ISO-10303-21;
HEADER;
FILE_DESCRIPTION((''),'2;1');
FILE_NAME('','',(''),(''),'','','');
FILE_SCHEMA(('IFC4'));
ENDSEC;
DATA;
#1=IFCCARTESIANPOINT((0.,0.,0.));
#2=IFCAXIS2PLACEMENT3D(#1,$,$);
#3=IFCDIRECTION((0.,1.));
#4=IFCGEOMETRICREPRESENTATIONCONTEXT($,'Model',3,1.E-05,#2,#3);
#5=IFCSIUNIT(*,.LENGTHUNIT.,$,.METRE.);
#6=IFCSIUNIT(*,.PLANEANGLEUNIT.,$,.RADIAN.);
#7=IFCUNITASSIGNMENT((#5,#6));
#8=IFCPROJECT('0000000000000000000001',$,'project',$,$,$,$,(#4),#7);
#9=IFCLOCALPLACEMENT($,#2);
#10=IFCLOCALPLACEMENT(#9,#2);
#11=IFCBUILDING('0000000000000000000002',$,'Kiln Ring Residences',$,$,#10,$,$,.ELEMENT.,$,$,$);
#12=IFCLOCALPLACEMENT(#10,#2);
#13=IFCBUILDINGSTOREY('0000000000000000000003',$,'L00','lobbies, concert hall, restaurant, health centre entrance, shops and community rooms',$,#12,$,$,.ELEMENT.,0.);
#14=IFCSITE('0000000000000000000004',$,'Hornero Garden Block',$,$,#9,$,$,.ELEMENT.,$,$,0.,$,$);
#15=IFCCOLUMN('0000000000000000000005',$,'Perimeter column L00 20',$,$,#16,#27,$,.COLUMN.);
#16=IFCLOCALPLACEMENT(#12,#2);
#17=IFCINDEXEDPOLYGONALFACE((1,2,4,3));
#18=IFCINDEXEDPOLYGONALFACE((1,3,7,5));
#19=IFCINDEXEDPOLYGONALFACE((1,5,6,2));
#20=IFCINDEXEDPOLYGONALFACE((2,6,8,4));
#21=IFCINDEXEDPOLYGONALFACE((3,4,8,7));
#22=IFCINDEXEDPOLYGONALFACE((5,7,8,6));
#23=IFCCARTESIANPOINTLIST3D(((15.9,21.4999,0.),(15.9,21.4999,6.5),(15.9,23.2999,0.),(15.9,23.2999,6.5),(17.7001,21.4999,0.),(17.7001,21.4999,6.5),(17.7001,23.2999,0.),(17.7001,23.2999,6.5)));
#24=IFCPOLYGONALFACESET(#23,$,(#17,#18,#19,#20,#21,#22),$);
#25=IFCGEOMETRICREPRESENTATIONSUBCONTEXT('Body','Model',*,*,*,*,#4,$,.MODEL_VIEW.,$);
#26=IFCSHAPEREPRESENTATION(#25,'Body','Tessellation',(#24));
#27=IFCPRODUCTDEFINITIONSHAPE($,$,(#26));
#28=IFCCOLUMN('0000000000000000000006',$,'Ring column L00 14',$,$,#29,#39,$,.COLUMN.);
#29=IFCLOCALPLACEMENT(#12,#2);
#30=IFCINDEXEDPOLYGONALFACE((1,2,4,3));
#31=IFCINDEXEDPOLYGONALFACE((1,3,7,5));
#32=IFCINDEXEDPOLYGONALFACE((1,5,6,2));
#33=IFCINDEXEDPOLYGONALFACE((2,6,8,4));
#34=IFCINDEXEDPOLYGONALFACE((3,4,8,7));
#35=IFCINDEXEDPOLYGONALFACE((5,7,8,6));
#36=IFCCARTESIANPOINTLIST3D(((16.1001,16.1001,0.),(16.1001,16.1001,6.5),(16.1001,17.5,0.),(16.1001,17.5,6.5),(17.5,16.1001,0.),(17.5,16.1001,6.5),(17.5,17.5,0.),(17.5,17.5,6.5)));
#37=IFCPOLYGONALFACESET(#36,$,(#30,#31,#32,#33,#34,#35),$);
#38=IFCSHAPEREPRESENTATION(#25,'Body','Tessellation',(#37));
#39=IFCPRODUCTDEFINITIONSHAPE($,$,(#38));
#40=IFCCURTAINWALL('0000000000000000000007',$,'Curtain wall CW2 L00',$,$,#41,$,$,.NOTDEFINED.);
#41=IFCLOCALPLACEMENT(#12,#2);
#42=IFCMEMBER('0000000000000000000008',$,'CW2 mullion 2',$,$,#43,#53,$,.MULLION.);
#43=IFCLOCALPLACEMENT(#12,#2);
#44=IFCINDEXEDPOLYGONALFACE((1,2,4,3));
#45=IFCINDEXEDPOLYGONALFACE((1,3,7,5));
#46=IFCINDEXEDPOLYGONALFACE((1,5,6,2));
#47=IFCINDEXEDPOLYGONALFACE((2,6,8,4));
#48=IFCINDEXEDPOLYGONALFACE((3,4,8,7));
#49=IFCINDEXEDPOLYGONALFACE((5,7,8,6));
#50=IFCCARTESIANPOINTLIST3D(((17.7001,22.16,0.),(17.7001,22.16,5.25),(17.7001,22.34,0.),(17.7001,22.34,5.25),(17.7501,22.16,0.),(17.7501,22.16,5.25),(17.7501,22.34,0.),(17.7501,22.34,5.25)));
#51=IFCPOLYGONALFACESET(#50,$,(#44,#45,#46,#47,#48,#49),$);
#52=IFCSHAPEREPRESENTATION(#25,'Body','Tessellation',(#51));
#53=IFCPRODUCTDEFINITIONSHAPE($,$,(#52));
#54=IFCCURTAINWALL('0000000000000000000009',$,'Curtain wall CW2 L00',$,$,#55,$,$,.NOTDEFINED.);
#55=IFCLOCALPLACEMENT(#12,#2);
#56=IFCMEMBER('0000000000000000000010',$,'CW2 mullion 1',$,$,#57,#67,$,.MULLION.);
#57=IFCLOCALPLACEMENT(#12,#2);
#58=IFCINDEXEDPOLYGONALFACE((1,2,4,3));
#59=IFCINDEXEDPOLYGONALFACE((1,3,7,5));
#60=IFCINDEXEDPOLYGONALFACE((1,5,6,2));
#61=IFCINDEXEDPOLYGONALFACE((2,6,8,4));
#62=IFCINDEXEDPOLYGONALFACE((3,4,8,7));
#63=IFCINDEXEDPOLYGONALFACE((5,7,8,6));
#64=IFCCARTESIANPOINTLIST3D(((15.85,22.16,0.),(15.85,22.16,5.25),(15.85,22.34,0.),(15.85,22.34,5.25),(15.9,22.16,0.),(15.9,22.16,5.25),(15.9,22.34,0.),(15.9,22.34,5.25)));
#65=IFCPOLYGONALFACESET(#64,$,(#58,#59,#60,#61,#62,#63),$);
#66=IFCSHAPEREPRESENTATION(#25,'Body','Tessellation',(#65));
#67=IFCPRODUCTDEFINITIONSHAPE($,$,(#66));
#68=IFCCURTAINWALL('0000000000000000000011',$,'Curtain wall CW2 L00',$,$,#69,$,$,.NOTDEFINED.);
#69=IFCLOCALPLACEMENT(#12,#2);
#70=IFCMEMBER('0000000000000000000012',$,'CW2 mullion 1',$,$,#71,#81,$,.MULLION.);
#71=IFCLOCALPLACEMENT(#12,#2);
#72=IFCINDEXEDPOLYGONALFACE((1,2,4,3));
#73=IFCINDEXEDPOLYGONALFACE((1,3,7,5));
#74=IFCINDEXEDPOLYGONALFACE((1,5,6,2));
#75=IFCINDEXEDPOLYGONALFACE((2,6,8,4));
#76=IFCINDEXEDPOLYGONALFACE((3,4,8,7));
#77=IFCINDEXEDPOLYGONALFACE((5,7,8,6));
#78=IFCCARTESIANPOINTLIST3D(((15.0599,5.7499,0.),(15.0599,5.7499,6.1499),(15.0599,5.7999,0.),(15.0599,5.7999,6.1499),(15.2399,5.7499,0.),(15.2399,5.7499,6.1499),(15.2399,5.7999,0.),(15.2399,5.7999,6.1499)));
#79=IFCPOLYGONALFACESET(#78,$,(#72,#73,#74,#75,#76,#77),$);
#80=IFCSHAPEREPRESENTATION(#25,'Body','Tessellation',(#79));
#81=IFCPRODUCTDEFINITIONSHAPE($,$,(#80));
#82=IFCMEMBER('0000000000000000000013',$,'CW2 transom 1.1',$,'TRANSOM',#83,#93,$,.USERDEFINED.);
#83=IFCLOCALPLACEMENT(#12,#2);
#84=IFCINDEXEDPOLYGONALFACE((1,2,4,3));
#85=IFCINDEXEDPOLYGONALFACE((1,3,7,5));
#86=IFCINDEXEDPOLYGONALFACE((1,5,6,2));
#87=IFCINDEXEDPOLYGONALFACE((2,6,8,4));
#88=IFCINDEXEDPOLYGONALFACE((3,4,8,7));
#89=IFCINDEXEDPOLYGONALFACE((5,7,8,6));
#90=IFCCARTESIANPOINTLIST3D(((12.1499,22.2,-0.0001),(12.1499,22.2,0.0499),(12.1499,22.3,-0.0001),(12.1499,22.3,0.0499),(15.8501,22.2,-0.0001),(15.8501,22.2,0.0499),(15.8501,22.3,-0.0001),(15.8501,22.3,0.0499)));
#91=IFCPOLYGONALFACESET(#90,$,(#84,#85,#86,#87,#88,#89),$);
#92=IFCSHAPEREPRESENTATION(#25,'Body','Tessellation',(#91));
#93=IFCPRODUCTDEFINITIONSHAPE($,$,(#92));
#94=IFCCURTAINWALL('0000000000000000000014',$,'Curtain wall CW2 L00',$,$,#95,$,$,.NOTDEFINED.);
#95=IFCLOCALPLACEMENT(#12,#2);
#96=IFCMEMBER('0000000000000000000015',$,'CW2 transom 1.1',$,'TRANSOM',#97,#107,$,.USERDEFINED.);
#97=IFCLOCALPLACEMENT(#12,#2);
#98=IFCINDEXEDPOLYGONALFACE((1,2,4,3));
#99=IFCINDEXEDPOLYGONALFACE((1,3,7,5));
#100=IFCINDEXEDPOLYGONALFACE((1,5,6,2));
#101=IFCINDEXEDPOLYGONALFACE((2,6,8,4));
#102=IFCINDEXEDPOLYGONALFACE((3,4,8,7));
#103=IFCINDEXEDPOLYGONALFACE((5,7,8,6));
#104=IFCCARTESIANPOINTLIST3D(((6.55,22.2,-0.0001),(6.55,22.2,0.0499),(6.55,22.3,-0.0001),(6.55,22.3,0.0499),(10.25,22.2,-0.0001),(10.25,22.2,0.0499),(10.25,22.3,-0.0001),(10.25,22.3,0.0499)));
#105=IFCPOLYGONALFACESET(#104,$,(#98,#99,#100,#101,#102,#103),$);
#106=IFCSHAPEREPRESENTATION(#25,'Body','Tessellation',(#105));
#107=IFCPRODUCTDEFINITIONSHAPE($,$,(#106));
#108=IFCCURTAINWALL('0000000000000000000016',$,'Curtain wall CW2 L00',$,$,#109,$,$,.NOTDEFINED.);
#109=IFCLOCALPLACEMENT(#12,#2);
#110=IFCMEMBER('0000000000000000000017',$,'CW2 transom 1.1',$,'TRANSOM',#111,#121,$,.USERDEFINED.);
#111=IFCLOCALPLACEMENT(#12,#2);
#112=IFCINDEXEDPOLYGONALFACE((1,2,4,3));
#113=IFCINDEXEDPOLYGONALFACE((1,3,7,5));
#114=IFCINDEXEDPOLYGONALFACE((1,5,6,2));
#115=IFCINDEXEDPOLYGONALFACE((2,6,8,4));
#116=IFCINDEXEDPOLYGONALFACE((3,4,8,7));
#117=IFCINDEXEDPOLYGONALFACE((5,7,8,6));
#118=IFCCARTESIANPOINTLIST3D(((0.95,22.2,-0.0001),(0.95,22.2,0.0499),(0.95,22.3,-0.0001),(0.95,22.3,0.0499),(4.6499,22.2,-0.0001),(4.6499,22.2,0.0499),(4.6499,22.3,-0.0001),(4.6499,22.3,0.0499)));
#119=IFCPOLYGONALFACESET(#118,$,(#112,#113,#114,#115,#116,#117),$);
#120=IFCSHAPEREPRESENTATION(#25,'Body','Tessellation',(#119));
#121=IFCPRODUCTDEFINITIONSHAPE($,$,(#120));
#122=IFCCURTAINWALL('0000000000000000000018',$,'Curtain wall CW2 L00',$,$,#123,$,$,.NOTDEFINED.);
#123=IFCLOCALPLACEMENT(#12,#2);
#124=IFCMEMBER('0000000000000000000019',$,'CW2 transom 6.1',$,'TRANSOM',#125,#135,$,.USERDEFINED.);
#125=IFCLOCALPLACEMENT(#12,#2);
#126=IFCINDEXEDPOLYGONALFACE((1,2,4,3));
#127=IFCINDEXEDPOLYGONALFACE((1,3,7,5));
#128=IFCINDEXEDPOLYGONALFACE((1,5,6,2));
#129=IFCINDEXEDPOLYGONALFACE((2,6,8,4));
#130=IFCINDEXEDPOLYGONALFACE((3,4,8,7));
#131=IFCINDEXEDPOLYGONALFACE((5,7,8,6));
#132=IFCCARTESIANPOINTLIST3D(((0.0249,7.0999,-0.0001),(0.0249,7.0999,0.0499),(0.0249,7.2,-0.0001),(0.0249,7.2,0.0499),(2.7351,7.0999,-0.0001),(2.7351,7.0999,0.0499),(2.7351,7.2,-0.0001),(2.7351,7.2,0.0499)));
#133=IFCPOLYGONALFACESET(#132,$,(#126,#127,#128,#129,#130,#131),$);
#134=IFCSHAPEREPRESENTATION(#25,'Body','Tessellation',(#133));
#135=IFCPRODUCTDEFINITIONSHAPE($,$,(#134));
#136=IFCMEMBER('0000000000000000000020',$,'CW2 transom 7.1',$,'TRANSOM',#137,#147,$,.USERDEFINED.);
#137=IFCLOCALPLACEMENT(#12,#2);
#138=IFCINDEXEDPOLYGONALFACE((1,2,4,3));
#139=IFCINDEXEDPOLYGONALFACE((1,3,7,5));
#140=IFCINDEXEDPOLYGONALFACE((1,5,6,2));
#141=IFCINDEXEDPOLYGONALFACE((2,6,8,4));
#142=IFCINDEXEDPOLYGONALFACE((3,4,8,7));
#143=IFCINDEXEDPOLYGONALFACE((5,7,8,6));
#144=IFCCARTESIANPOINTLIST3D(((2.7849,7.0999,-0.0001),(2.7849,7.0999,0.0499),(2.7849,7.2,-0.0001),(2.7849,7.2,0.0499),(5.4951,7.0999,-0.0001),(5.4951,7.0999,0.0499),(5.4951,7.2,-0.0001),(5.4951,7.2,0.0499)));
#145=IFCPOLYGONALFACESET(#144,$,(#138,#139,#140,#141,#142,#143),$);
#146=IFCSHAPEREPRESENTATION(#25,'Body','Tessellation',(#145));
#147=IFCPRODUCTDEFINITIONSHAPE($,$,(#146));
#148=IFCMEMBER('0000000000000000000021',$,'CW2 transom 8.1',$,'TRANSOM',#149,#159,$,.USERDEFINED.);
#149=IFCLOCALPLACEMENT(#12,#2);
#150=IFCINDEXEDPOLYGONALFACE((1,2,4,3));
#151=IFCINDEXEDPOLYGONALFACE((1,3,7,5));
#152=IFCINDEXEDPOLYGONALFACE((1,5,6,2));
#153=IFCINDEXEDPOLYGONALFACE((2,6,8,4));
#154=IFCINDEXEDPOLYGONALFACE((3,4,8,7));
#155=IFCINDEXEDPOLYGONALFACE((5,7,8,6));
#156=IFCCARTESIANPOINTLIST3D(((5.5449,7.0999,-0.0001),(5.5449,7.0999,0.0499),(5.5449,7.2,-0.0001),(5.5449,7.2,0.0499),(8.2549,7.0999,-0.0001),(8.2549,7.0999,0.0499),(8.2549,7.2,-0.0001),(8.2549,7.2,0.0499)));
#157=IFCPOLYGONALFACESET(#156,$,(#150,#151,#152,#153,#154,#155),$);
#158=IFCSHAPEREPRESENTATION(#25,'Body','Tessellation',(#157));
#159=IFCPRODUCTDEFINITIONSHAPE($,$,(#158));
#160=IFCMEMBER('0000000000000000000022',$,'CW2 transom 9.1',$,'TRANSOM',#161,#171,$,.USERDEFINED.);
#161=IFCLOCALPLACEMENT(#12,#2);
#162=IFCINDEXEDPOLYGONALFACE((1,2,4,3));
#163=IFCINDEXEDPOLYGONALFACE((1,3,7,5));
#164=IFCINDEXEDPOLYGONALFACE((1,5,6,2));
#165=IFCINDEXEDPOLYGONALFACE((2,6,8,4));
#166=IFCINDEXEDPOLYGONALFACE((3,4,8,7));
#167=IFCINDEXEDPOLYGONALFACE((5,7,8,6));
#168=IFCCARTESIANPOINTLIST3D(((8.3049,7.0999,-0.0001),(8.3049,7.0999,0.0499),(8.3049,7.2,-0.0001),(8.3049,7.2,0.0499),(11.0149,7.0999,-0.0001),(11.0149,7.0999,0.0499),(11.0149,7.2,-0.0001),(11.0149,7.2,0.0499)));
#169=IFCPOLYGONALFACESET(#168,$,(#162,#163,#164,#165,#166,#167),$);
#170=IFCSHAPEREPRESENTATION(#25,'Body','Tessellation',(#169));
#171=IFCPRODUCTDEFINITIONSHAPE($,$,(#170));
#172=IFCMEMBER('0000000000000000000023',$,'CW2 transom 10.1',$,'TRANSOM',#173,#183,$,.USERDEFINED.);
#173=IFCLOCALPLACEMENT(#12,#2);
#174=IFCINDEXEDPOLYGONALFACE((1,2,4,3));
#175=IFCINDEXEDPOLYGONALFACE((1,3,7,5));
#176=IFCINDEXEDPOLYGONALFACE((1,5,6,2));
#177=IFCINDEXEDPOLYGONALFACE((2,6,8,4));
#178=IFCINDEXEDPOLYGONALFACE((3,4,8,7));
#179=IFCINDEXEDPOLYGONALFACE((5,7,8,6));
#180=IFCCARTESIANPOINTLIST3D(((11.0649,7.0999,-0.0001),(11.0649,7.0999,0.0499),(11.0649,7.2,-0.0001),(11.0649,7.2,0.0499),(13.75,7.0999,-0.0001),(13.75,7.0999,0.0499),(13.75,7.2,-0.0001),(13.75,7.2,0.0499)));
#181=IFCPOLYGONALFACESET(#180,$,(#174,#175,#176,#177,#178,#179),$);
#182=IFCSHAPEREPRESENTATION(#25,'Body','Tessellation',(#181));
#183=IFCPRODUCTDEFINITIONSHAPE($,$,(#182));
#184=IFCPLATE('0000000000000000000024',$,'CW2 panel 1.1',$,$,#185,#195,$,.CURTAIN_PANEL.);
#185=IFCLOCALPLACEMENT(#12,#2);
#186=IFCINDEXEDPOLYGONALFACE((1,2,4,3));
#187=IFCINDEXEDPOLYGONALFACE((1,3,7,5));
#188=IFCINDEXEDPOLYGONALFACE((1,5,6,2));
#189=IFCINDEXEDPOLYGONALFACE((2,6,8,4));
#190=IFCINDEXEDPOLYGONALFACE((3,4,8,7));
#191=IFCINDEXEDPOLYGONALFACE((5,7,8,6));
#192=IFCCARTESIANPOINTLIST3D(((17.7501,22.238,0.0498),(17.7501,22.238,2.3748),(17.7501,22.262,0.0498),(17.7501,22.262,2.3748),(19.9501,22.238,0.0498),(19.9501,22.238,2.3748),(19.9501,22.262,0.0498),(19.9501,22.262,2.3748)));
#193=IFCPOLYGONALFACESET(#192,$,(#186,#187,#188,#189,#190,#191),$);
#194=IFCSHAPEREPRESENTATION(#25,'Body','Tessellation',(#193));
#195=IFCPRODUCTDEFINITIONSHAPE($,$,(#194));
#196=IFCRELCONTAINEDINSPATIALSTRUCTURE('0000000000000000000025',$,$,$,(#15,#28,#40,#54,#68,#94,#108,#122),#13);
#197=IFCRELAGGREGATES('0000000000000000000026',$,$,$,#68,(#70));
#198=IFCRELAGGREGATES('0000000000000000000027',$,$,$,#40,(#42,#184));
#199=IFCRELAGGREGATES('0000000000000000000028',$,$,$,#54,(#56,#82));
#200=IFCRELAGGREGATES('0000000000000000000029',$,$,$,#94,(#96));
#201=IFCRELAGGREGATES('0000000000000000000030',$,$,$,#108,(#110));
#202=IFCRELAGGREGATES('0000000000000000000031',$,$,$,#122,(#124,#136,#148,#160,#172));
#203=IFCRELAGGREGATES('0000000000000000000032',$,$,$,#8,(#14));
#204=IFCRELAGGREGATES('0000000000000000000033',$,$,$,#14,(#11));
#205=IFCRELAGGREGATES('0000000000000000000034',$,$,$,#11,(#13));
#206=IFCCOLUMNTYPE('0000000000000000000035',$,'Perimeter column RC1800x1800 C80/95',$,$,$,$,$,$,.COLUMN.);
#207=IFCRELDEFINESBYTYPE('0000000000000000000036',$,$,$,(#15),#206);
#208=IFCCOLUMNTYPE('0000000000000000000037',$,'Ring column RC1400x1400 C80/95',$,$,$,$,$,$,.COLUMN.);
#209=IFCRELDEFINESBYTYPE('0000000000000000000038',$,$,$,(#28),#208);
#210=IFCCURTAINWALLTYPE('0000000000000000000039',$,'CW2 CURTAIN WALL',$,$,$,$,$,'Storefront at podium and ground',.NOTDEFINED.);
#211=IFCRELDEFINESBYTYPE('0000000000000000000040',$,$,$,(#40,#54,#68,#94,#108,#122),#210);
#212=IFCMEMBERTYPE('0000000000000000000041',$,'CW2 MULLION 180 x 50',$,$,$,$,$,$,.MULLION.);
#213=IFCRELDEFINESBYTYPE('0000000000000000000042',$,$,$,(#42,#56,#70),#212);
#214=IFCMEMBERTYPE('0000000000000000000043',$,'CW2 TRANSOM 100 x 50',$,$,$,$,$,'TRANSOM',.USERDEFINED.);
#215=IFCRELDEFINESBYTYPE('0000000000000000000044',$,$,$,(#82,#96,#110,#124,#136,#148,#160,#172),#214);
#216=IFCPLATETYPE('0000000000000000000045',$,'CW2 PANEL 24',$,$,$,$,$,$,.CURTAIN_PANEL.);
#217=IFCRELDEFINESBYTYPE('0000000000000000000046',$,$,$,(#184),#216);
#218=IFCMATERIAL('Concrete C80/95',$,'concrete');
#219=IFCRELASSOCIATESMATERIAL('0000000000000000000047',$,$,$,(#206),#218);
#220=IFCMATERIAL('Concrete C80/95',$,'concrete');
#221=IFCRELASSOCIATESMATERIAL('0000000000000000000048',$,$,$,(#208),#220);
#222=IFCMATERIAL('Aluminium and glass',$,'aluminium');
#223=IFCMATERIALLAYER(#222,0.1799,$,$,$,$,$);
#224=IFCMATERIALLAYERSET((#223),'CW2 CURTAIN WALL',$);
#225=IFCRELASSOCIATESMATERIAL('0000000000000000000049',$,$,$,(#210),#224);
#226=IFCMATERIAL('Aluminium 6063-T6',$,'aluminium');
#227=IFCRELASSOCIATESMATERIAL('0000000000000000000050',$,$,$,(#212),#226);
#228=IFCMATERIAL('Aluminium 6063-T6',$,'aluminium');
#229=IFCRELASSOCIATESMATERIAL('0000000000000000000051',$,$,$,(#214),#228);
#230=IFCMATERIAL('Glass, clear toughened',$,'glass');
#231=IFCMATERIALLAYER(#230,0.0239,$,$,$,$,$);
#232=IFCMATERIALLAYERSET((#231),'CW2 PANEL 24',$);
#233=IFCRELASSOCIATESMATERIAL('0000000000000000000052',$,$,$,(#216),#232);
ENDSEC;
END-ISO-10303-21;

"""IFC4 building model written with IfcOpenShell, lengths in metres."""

from ifc_helpers import new_model, si_unit, direction, frame, origin, origin_2d, place, context, subcontext, project, spatial, rectangle, extrude, material, layer, layer_set, material_profile, profile_set, type_object, element, aggregate, save


model = new_model("IFC4")

# Units and contexts
model_context = context("Model", 3, precision=1e-05, world=origin(), true_north=direction((0.0, 1.0)))
body_context = subcontext(model_context, "Body", "Model", "MODEL_VIEW")
ifc_project = project(units=[si_unit("LENGTHUNIT", "METRE"), si_unit("PLANEANGLEUNIT", "RADIAN")], contexts=[model_context])

# Site, building, storey
site_placement = place(None, origin())
site = spatial("IfcSite", under=ifc_project, at=site_placement, Name="Hornero Garden Block", CompositionType="ELEMENT", RefElevation=0.0)
building_placement = place(site_placement, origin())
building = spatial("IfcBuilding", under=site, at=building_placement, Name="Kiln Ring Residences", CompositionType="ELEMENT")
storey_placement = place(building_placement, origin())
storey = spatial("IfcBuildingStorey", under=building, at=storey_placement, Name="L00", Description="lobbies, concert hall, restaurant, health centre entrance, shops and community rooms", CompositionType="ELEMENT", Elevation=0.0)

# Columns
ifc_material_1 = material(Name="Concrete C80/95", Category="concrete")
ifc_material_profile_1 = material_profile(ifc_material_1, rectangle(XDim=1.8, YDim=1.8, at=origin_2d()), Name="RC1800x1800")
ifc_profile_set_1 = profile_set([ifc_material_profile_1], Name="Concrete C80/95")
column_type_1 = type_object("IfcColumnType", Name="Perimeter column RC1800x1800 C80/95", PredefinedType="COLUMN", material=ifc_profile_set_1)
column_1_placement = place(storey_placement, frame((16.8, 22.3999, 0.0), z_axis=(0.0, 0.0, 1.0), x_axis=(1.0, 0.0, 0.0)))
element("IfcColumn", 1, at=column_1_placement, inside=storey, type_object=column_type_1, Name="Perimeter column L00 20", PredefinedType="COLUMN", context=body_context, shape_type="SweptSolid", body=[
    extrude(rectangle(XDim=1.8, YDim=1.8, at=origin_2d()), origin(), (0.0, 0.0, 1.0), 6.5),
])
ifc_material_2 = material(Name="Concrete C80/95", Category="concrete")
ifc_material_profile_2 = material_profile(ifc_material_2, rectangle(XDim=1.3999, YDim=1.3999, at=origin_2d()), Name="RC1400x1400")
ifc_profile_set_2 = profile_set([ifc_material_profile_2], Name="Concrete C80/95")
column_type_2 = type_object("IfcColumnType", Name="Ring column RC1400x1400 C80/95", PredefinedType="COLUMN", material=ifc_profile_set_2)
column_2_placement = place(storey_placement, frame((16.8, 16.8, 0.0), z_axis=(0.0, 0.0, 1.0), x_axis=(1.0, 0.0, 0.0)))
element("IfcColumn", 2, at=column_2_placement, inside=storey, type_object=column_type_2, Name="Ring column L00 14", PredefinedType="COLUMN", context=body_context, shape_type="SweptSolid", body=[
    extrude(rectangle(XDim=1.3999, YDim=1.3999, at=origin_2d()), origin(), (0.0, 0.0, 1.0), 6.5),
])

# Curtain walls, members
ifc_material_3 = material(Name="Aluminium and glass", Category="aluminium")
ifc_layer_1 = layer(ifc_material_3, 0.1799)
ifc_layer_set_1 = layer_set([ifc_layer_1], Name="CW2 CURTAIN WALL")
curtain_wall_type = type_object("IfcCurtainWallType", Name="CW2 CURTAIN WALL", ElementType="Storefront at podium and ground", PredefinedType="NOTDEFINED", material=ifc_layer_set_1)
placement = place(storey_placement, origin())
curtain_wall_1 = element("IfcCurtainWall", 3, at=placement, inside=storey, type_object=curtain_wall_type, Name="Curtain wall CW2 L00", PredefinedType="NOTDEFINED")
ifc_material_4 = material(Name="Aluminium 6063-T6", Category="aluminium")
ifc_material_profile_3 = material_profile(ifc_material_4, rectangle(XDim=0.1799, YDim=0.05, at=origin_2d()), Name="AL 180x50")
ifc_profile_set_3 = profile_set([ifc_material_profile_3], Name="Aluminium 6063-T6")
member_type_1 = type_object("IfcMemberType", Name="CW2 MULLION 180 x 50", PredefinedType="MULLION", material=ifc_profile_set_3)
member_1_placement = place(storey_placement, frame((17.7251, 22.25, 0.0), z_axis=(0.0, 0.0, 1.0), x_axis=(0.0, -1.0, 0.0)))
member_1 = element("IfcMember", 4, at=member_1_placement, type_object=member_type_1, Name="CW2 mullion 2", PredefinedType="MULLION", context=body_context, shape_type="SweptSolid", body=[
    extrude(rectangle(XDim=0.1799, YDim=0.05, at=origin_2d()), origin(), (0.0, 0.0, 1.0), 5.25),
])
curtain_wall_2 = element("IfcCurtainWall", 5, at=placement, inside=storey, type_object=curtain_wall_type, Name="Curtain wall CW2 L00", PredefinedType="NOTDEFINED")
member_2_placement = place(storey_placement, frame((15.875, 22.25, 0.0), z_axis=(0.0, 0.0, 1.0), x_axis=(0.0, -1.0, 0.0)))
member_2 = element("IfcMember", 6, at=member_2_placement, type_object=member_type_1, Name="CW2 mullion 1", PredefinedType="MULLION", context=body_context, shape_type="SweptSolid", body=[
    extrude(rectangle(XDim=0.1799, YDim=0.05, at=origin_2d()), origin(), (0.0, 0.0, 1.0), 5.25),
])
curtain_wall_3 = element("IfcCurtainWall", 7, at=placement, inside=storey, type_object=curtain_wall_type, Name="Curtain wall CW2 L00", PredefinedType="NOTDEFINED")
member_3_placement = place(storey_placement, frame((15.1499, 5.7749, 0.0), z_axis=(0.0, 0.0, 1.0), x_axis=(1.0, 0.0, 0.0)))
member_3 = element("IfcMember", 8, at=member_3_placement, type_object=member_type_1, Name="CW2 mullion 1", PredefinedType="MULLION", context=body_context, shape_type="SweptSolid", body=[
    extrude(rectangle(XDim=0.1799, YDim=0.05, at=origin_2d()), origin(), (0.0, 0.0, 1.0), 6.1499),
])
aggregate(curtain_wall_3, [member_3])

# Member
ifc_material_5 = material(Name="Aluminium 6063-T6", Category="aluminium")
ifc_material_profile_4 = material_profile(ifc_material_5, rectangle(XDim=0.1001, YDim=0.05, at=origin_2d()), Name="AL 100x50")
ifc_profile_set_4 = profile_set([ifc_material_profile_4], Name="Aluminium 6063-T6")
member_type_2 = type_object("IfcMemberType", Name="CW2 TRANSOM 100 x 50", ElementType="TRANSOM", PredefinedType="USERDEFINED", material=ifc_profile_set_4)
member_4_placement = place(storey_placement, frame((15.8501, 22.25, 0.0249), z_axis=(-1.0, 0.0, 0.0), x_axis=(0.0, -1.0, 0.0)))
member_4 = element("IfcMember", 9, at=member_4_placement, type_object=member_type_2, Name="CW2 transom 1.1", ObjectType="TRANSOM", PredefinedType="USERDEFINED", context=body_context, shape_type="SweptSolid", body=[
    extrude(rectangle(XDim=0.1001, YDim=0.05, at=origin_2d()), origin(), (0.0, 0.0, 1.0), 3.7002),
])

# Curtain walls, members
curtain_wall_4 = element("IfcCurtainWall", 10, at=placement, inside=storey, type_object=curtain_wall_type, Name="Curtain wall CW2 L00", PredefinedType="NOTDEFINED")
member_5_placement = place(storey_placement, frame((10.25, 22.25, 0.0249), z_axis=(-1.0, 0.0, 0.0), x_axis=(0.0, -1.0, 0.0)))
member_5 = element("IfcMember", 11, at=member_5_placement, type_object=member_type_2, Name="CW2 transom 1.1", ObjectType="TRANSOM", PredefinedType="USERDEFINED", context=body_context, shape_type="SweptSolid", body=[
    extrude(rectangle(XDim=0.1001, YDim=0.05, at=origin_2d()), origin(), (0.0, 0.0, 1.0), 3.7),
])
curtain_wall_5 = element("IfcCurtainWall", 12, at=placement, inside=storey, type_object=curtain_wall_type, Name="Curtain wall CW2 L00", PredefinedType="NOTDEFINED")
member_6_placement = place(storey_placement, frame((4.6499, 22.25, 0.0249), z_axis=(-1.0, 0.0, 0.0), x_axis=(0.0, -1.0, 0.0)))
member_6 = element("IfcMember", 13, at=member_6_placement, type_object=member_type_2, Name="CW2 transom 1.1", ObjectType="TRANSOM", PredefinedType="USERDEFINED", context=body_context, shape_type="SweptSolid", body=[
    extrude(rectangle(XDim=0.1001, YDim=0.05, at=origin_2d()), origin(), (0.0, 0.0, 1.0), 3.7),
])

# Curtain wall, members
curtain_wall_6 = element("IfcCurtainWall", 14, at=placement, inside=storey, type_object=curtain_wall_type, Name="Curtain wall CW2 L00", PredefinedType="NOTDEFINED")
member_7_placement = place(storey_placement, frame((0.0249, 7.1499, 0.0249), z_axis=(1.0, 0.0, 0.0), x_axis=(0.0, 1.0, 0.0)))
member_7 = element("IfcMember", 15, at=member_7_placement, type_object=member_type_2, Name="CW2 transom 6.1", ObjectType="TRANSOM", PredefinedType="USERDEFINED", context=body_context, shape_type="SweptSolid", body=[
    extrude(rectangle(XDim=0.1001, YDim=0.05, at=origin_2d()), origin(), (0.0, 0.0, 1.0), 2.7102),
])
member_8_placement = place(storey_placement, frame((2.7849, 7.1499, 0.0249), z_axis=(1.0, 0.0, 0.0), x_axis=(0.0, 1.0, 0.0)))
member_8 = element("IfcMember", 16, at=member_8_placement, type_object=member_type_2, Name="CW2 transom 7.1", ObjectType="TRANSOM", PredefinedType="USERDEFINED", context=body_context, shape_type="SweptSolid", body=[
    extrude(rectangle(XDim=0.1001, YDim=0.05, at=origin_2d()), origin(), (0.0, 0.0, 1.0), 2.7102),
])
member_9_placement = place(storey_placement, frame((5.5449, 7.1499, 0.0249), z_axis=(1.0, 0.0, 0.0), x_axis=(0.0, 1.0, 0.0)))
member_9 = element("IfcMember", 17, at=member_9_placement, type_object=member_type_2, Name="CW2 transom 8.1", ObjectType="TRANSOM", PredefinedType="USERDEFINED", context=body_context, shape_type="SweptSolid", body=[
    extrude(rectangle(XDim=0.1001, YDim=0.05, at=origin_2d()), origin(), (0.0, 0.0, 1.0), 2.71),
])
member_10_placement = place(storey_placement, frame((8.3049, 7.1499, 0.0249), z_axis=(1.0, 0.0, 0.0), x_axis=(0.0, 1.0, 0.0)))
member_10 = element("IfcMember", 18, at=member_10_placement, type_object=member_type_2, Name="CW2 transom 9.1", ObjectType="TRANSOM", PredefinedType="USERDEFINED", context=body_context, shape_type="SweptSolid", body=[
    extrude(rectangle(XDim=0.1001, YDim=0.05, at=origin_2d()), origin(), (0.0, 0.0, 1.0), 2.71),
])
member_11_placement = place(storey_placement, frame((11.0649, 7.1499, 0.0249), z_axis=(1.0, 0.0, 0.0), x_axis=(0.0, 1.0, 0.0)))
member_11 = element("IfcMember", 19, at=member_11_placement, type_object=member_type_2, Name="CW2 transom 10.1", ObjectType="TRANSOM", PredefinedType="USERDEFINED", context=body_context, shape_type="SweptSolid", body=[
    extrude(rectangle(XDim=0.1001, YDim=0.05, at=origin_2d()), origin(), (0.0, 0.0, 1.0), 2.6851),
])

# Plate
ifc_material_6 = material(Name="Glass, clear toughened", Category="glass")
ifc_layer_2 = layer(ifc_material_6, 0.0239)
ifc_layer_set_2 = layer_set([ifc_layer_2], Name="CW2 PANEL 24")
plate_type = type_object("IfcPlateType", Name="CW2 PANEL 24", PredefinedType="CURTAIN_PANEL", material=ifc_layer_set_2)
plate_1_placement = place(storey_placement, frame((18.8501, 22.25, 0.0498), z_axis=(0.0, 0.0, 1.0), x_axis=(-1.0, 0.0, 0.0)))
plate_1 = element("IfcPlate", 20, at=plate_1_placement, type_object=plate_type, Name="CW2 panel 1.1", PredefinedType="CURTAIN_PANEL", context=body_context, shape_type="SweptSolid", body=[
    extrude(rectangle(XDim=2.2, YDim=0.0239, at=origin_2d()), origin(), (0.0, 0.0, 1.0), 2.325),
])
aggregate(curtain_wall_1, [member_1, plate_1])
aggregate(curtain_wall_2, [member_2, member_4])
aggregate(curtain_wall_4, [member_5])
aggregate(curtain_wall_5, [member_6])
aggregate(curtain_wall_6, [member_7, member_8, member_9, member_10, member_11])

save(model, "model.ifc")
